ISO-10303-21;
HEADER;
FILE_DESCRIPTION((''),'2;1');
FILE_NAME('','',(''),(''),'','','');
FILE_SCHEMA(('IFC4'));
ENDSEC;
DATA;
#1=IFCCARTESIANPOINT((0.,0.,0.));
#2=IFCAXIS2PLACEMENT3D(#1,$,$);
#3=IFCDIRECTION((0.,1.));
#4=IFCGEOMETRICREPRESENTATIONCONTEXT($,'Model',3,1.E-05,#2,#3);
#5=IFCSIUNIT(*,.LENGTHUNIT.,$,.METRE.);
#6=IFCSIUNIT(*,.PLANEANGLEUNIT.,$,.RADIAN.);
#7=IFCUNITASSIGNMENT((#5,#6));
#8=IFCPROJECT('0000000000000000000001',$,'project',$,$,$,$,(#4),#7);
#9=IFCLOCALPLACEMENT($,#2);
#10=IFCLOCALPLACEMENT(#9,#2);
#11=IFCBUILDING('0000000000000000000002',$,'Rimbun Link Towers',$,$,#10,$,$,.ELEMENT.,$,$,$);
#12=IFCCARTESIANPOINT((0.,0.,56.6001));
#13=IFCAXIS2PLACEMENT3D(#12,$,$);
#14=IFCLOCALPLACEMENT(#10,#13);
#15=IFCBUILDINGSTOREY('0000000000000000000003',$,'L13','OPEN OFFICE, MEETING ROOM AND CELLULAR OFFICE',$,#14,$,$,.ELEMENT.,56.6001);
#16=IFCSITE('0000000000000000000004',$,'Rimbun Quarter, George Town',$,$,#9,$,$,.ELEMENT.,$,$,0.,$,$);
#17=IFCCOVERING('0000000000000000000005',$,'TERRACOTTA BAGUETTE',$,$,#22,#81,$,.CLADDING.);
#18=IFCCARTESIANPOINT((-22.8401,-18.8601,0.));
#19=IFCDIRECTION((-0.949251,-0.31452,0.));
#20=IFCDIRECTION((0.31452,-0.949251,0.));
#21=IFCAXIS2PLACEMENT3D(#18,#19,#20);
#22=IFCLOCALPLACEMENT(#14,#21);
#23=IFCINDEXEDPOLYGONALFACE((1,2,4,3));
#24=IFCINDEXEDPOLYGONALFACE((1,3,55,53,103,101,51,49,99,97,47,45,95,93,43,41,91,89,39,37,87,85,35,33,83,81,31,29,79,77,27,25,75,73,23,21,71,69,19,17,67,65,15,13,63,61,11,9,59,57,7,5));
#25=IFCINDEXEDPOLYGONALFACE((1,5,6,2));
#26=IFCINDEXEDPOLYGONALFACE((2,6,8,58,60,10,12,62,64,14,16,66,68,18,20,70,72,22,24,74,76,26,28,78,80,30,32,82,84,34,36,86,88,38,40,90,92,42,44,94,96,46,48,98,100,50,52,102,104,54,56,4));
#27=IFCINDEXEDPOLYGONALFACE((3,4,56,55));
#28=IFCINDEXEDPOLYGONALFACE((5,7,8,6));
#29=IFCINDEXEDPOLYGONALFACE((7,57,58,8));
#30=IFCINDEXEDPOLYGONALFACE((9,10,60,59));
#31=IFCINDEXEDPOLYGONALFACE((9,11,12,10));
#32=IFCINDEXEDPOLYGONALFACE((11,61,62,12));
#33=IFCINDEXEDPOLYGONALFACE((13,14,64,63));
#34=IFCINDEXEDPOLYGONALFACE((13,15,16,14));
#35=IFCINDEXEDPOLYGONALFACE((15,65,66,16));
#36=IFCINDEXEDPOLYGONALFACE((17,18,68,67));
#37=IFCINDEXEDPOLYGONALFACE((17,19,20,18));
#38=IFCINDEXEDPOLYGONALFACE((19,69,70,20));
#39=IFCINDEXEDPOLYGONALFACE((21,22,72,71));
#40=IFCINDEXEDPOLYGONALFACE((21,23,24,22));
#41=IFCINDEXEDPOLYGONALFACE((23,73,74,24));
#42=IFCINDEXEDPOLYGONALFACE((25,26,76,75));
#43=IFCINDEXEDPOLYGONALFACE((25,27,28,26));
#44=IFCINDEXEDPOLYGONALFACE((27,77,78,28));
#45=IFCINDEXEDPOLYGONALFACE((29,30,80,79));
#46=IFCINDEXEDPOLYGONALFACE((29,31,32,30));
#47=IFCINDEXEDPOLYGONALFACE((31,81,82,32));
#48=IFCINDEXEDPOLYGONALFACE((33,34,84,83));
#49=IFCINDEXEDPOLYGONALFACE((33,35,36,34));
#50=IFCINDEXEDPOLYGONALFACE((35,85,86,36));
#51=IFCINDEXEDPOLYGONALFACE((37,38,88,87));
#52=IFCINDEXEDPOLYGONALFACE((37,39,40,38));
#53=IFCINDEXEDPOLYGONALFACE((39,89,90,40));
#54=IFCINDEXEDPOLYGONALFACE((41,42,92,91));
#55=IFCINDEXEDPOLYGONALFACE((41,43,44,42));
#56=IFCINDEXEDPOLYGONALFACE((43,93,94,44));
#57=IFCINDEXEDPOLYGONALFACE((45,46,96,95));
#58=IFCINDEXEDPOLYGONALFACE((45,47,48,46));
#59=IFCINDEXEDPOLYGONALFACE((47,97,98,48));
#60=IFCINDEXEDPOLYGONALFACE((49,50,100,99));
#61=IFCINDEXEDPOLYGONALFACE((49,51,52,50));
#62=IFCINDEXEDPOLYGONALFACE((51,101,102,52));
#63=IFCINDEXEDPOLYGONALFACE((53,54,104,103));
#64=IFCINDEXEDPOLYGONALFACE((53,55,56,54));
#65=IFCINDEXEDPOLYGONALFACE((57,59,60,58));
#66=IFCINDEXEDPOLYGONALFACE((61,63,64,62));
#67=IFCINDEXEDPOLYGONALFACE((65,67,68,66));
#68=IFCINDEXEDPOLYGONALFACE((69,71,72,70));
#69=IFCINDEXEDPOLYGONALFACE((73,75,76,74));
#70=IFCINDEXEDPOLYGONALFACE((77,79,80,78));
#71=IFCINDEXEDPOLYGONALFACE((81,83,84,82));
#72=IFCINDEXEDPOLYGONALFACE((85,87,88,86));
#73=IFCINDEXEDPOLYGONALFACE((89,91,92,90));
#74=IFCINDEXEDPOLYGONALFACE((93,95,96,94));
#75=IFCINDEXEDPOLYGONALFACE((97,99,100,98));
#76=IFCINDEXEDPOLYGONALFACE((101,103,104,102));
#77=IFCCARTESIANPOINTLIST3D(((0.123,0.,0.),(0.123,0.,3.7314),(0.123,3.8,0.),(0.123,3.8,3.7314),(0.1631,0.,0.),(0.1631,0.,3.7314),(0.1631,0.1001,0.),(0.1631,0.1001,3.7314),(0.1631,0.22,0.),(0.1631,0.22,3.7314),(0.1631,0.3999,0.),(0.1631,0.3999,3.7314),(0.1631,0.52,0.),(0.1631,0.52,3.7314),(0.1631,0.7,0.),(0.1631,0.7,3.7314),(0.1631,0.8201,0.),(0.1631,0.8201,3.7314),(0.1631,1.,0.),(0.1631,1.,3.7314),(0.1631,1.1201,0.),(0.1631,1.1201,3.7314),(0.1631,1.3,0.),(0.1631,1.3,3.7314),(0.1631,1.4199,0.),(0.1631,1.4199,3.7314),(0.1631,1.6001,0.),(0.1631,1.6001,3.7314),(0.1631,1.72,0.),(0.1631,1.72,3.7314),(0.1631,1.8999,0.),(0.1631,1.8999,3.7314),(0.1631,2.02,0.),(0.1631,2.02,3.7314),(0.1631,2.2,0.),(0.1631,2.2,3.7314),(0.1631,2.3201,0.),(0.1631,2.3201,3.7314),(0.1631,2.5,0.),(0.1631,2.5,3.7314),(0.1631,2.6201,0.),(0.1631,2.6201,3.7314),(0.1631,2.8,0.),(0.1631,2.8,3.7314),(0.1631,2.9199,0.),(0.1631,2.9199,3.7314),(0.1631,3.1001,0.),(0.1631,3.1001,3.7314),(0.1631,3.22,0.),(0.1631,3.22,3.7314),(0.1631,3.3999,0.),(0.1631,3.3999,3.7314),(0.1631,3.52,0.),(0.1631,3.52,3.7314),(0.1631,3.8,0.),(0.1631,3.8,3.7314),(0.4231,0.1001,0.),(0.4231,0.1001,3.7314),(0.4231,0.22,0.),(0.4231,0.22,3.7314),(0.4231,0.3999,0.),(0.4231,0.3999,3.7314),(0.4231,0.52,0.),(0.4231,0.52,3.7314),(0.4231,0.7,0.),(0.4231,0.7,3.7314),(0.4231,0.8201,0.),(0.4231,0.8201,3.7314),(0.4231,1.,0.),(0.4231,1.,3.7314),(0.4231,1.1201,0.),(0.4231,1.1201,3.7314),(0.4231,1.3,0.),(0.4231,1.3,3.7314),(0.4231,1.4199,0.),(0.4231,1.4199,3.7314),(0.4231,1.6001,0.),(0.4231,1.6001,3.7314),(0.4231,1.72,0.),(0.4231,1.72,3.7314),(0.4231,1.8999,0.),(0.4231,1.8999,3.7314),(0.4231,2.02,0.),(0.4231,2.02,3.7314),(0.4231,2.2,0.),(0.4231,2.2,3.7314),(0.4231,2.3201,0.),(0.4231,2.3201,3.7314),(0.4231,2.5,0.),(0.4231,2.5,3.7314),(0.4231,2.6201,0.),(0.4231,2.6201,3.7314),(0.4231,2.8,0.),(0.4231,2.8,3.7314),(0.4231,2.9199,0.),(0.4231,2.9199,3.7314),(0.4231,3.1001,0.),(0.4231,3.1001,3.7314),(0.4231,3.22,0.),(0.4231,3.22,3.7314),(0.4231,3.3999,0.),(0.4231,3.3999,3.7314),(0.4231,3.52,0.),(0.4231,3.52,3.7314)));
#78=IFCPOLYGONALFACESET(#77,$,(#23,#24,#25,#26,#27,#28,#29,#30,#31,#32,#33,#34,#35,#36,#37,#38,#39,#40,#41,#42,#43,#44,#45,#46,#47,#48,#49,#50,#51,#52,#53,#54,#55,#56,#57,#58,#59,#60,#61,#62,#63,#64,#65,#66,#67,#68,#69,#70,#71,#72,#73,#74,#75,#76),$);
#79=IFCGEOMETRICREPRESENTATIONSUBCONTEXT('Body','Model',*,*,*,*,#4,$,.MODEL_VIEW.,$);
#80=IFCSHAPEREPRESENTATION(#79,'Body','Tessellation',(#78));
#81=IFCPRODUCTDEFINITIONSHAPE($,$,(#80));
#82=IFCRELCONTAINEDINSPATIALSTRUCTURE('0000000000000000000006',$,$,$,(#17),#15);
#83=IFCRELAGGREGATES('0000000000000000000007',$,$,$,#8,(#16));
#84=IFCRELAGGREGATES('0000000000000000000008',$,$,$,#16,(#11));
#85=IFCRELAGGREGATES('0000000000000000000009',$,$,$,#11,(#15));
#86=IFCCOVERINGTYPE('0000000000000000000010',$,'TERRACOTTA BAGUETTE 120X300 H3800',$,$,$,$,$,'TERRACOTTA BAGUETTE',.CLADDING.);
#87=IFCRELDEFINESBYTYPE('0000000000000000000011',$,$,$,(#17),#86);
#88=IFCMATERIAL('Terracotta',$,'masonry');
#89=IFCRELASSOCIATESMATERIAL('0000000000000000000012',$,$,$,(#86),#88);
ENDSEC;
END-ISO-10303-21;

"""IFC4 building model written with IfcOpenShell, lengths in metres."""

from ifc_helpers import new_model, si_unit, direction, frame, origin, place, context, subcontext, project, spatial, polyline, outline, extrude, material, material_profile, profile_set, type_object, element, save


model = new_model("IFC4")

# Units and contexts
model_context = context("Model", 3, precision=1e-05, world=origin(), true_north=direction((0.0, 1.0)))
body_context = subcontext(model_context, "Body", "Model", "MODEL_VIEW")
ifc_project = project(units=[si_unit("LENGTHUNIT", "METRE"), si_unit("PLANEANGLEUNIT", "RADIAN")], contexts=[model_context])

# Site, building, storey
site_placement = place(None, origin())
site = spatial("IfcSite", under=ifc_project, at=site_placement, Name="Rimbun Quarter, George Town", CompositionType="ELEMENT", RefElevation=0.0)
building_placement = place(site_placement, origin())
building = spatial("IfcBuilding", under=site, at=building_placement, Name="Rimbun Link Towers", CompositionType="ELEMENT")
storey_placement = place(building_placement, frame((0.0, 0.0, 56.6001)))
storey = spatial("IfcBuildingStorey", under=building, at=storey_placement, Name="L13", Description="OPEN OFFICE, MEETING ROOM AND CELLULAR OFFICE", CompositionType="ELEMENT", Elevation=56.6001)

# Covering
ifc_material_1 = material(Name="Terracotta", Category="masonry")
ifc_material_profile_1 = material_profile(ifc_material_1, outline(polyline([(0.123, 0.0), (0.1631, 0.0), (0.1631, 0.1001), (0.4231, 0.1001), (0.4231, 0.22), (0.1631, 0.22), (0.1631, 0.3999), (0.4231, 0.3999), (0.4231, 0.52), (0.1631, 0.52), (0.1631, 0.7), (0.4231, 0.7), (0.4231, 0.8201), (0.1631, 0.8201), (0.1631, 1.0), (0.4231, 1.0), (0.4231, 1.1201), (0.1631, 1.1201), (0.1631, 1.3), (0.4231, 1.3), (0.4231, 1.4199), (0.1631, 1.4199), (0.1631, 1.6001), (0.4231, 1.6001), (0.4231, 1.72), (0.1631, 1.72), (0.1631, 1.8999), (0.4231, 1.8999), (0.4231, 2.02), (0.1631, 2.02), (0.1631, 2.2), (0.4231, 2.2), (0.4231, 2.3201), (0.1631, 2.3201), (0.1631, 2.5), (0.4231, 2.5), (0.4231, 2.6201), (0.1631, 2.6201), (0.1631, 2.8), (0.4231, 2.8), (0.4231, 2.9199), (0.1631, 2.9199), (0.1631, 3.1001), (0.4231, 3.1001), (0.4231, 3.22), (0.1631, 3.22), (0.1631, 3.3999), (0.4231, 3.3999), (0.4231, 3.52), (0.1631, 3.52), (0.1631, 3.8), (0.123, 3.8), (0.123, 0.0)])), Name="BAGUETTE 120X300")
ifc_profile_set_1 = profile_set([ifc_material_profile_1], Name="Terracotta")
covering_type = type_object("IfcCoveringType", Name="TERRACOTTA BAGUETTE 120X300 H3800", ElementType="TERRACOTTA BAGUETTE", PredefinedType="CLADDING", material=ifc_profile_set_1)
covering_1_placement = place(storey_placement, frame((-22.8401, -18.8601, 0.0), z_axis=(-0.949251, -0.31452, 0.0), x_axis=(0.31452, -0.949251, 0.0)))
element("IfcCovering", 1, at=covering_1_placement, inside=storey, type_object=covering_type, Name="TERRACOTTA BAGUETTE", PredefinedType="CLADDING", context=body_context, shape_type="SweptSolid", body=[
    extrude(outline(polyline([(0.123, 0.0), (0.1631, 0.0), (0.1631, 0.1001), (0.4231, 0.1001), (0.4231, 0.22), (0.1631, 0.22), (0.1631, 0.3999), (0.4231, 0.3999), (0.4231, 0.52), (0.1631, 0.52), (0.1631, 0.7), (0.4231, 0.7), (0.4231, 0.8201), (0.1631, 0.8201), (0.1631, 1.0), (0.4231, 1.0), (0.4231, 1.1201), (0.1631, 1.1201), (0.1631, 1.3), (0.4231, 1.3), (0.4231, 1.4199), (0.1631, 1.4199), (0.1631, 1.6001), (0.4231, 1.6001), (0.4231, 1.72), (0.1631, 1.72), (0.1631, 1.8999), (0.4231, 1.8999), (0.4231, 2.02), (0.1631, 2.02), (0.1631, 2.2), (0.4231, 2.2), (0.4231, 2.3201), (0.1631, 2.3201), (0.1631, 2.5), (0.4231, 2.5), (0.4231, 2.6201), (0.1631, 2.6201), (0.1631, 2.8), (0.4231, 2.8), (0.4231, 2.9199), (0.1631, 2.9199), (0.1631, 3.1001), (0.4231, 3.1001), (0.4231, 3.22), (0.1631, 3.22), (0.1631, 3.3999), (0.4231, 3.3999), (0.4231, 3.52), (0.1631, 3.52), (0.1631, 3.8), (0.123, 3.8), (0.123, 0.0)])), origin(), (0.0, 0.0, 1.0), 3.7314),
])

save(model, "model.ifc")
